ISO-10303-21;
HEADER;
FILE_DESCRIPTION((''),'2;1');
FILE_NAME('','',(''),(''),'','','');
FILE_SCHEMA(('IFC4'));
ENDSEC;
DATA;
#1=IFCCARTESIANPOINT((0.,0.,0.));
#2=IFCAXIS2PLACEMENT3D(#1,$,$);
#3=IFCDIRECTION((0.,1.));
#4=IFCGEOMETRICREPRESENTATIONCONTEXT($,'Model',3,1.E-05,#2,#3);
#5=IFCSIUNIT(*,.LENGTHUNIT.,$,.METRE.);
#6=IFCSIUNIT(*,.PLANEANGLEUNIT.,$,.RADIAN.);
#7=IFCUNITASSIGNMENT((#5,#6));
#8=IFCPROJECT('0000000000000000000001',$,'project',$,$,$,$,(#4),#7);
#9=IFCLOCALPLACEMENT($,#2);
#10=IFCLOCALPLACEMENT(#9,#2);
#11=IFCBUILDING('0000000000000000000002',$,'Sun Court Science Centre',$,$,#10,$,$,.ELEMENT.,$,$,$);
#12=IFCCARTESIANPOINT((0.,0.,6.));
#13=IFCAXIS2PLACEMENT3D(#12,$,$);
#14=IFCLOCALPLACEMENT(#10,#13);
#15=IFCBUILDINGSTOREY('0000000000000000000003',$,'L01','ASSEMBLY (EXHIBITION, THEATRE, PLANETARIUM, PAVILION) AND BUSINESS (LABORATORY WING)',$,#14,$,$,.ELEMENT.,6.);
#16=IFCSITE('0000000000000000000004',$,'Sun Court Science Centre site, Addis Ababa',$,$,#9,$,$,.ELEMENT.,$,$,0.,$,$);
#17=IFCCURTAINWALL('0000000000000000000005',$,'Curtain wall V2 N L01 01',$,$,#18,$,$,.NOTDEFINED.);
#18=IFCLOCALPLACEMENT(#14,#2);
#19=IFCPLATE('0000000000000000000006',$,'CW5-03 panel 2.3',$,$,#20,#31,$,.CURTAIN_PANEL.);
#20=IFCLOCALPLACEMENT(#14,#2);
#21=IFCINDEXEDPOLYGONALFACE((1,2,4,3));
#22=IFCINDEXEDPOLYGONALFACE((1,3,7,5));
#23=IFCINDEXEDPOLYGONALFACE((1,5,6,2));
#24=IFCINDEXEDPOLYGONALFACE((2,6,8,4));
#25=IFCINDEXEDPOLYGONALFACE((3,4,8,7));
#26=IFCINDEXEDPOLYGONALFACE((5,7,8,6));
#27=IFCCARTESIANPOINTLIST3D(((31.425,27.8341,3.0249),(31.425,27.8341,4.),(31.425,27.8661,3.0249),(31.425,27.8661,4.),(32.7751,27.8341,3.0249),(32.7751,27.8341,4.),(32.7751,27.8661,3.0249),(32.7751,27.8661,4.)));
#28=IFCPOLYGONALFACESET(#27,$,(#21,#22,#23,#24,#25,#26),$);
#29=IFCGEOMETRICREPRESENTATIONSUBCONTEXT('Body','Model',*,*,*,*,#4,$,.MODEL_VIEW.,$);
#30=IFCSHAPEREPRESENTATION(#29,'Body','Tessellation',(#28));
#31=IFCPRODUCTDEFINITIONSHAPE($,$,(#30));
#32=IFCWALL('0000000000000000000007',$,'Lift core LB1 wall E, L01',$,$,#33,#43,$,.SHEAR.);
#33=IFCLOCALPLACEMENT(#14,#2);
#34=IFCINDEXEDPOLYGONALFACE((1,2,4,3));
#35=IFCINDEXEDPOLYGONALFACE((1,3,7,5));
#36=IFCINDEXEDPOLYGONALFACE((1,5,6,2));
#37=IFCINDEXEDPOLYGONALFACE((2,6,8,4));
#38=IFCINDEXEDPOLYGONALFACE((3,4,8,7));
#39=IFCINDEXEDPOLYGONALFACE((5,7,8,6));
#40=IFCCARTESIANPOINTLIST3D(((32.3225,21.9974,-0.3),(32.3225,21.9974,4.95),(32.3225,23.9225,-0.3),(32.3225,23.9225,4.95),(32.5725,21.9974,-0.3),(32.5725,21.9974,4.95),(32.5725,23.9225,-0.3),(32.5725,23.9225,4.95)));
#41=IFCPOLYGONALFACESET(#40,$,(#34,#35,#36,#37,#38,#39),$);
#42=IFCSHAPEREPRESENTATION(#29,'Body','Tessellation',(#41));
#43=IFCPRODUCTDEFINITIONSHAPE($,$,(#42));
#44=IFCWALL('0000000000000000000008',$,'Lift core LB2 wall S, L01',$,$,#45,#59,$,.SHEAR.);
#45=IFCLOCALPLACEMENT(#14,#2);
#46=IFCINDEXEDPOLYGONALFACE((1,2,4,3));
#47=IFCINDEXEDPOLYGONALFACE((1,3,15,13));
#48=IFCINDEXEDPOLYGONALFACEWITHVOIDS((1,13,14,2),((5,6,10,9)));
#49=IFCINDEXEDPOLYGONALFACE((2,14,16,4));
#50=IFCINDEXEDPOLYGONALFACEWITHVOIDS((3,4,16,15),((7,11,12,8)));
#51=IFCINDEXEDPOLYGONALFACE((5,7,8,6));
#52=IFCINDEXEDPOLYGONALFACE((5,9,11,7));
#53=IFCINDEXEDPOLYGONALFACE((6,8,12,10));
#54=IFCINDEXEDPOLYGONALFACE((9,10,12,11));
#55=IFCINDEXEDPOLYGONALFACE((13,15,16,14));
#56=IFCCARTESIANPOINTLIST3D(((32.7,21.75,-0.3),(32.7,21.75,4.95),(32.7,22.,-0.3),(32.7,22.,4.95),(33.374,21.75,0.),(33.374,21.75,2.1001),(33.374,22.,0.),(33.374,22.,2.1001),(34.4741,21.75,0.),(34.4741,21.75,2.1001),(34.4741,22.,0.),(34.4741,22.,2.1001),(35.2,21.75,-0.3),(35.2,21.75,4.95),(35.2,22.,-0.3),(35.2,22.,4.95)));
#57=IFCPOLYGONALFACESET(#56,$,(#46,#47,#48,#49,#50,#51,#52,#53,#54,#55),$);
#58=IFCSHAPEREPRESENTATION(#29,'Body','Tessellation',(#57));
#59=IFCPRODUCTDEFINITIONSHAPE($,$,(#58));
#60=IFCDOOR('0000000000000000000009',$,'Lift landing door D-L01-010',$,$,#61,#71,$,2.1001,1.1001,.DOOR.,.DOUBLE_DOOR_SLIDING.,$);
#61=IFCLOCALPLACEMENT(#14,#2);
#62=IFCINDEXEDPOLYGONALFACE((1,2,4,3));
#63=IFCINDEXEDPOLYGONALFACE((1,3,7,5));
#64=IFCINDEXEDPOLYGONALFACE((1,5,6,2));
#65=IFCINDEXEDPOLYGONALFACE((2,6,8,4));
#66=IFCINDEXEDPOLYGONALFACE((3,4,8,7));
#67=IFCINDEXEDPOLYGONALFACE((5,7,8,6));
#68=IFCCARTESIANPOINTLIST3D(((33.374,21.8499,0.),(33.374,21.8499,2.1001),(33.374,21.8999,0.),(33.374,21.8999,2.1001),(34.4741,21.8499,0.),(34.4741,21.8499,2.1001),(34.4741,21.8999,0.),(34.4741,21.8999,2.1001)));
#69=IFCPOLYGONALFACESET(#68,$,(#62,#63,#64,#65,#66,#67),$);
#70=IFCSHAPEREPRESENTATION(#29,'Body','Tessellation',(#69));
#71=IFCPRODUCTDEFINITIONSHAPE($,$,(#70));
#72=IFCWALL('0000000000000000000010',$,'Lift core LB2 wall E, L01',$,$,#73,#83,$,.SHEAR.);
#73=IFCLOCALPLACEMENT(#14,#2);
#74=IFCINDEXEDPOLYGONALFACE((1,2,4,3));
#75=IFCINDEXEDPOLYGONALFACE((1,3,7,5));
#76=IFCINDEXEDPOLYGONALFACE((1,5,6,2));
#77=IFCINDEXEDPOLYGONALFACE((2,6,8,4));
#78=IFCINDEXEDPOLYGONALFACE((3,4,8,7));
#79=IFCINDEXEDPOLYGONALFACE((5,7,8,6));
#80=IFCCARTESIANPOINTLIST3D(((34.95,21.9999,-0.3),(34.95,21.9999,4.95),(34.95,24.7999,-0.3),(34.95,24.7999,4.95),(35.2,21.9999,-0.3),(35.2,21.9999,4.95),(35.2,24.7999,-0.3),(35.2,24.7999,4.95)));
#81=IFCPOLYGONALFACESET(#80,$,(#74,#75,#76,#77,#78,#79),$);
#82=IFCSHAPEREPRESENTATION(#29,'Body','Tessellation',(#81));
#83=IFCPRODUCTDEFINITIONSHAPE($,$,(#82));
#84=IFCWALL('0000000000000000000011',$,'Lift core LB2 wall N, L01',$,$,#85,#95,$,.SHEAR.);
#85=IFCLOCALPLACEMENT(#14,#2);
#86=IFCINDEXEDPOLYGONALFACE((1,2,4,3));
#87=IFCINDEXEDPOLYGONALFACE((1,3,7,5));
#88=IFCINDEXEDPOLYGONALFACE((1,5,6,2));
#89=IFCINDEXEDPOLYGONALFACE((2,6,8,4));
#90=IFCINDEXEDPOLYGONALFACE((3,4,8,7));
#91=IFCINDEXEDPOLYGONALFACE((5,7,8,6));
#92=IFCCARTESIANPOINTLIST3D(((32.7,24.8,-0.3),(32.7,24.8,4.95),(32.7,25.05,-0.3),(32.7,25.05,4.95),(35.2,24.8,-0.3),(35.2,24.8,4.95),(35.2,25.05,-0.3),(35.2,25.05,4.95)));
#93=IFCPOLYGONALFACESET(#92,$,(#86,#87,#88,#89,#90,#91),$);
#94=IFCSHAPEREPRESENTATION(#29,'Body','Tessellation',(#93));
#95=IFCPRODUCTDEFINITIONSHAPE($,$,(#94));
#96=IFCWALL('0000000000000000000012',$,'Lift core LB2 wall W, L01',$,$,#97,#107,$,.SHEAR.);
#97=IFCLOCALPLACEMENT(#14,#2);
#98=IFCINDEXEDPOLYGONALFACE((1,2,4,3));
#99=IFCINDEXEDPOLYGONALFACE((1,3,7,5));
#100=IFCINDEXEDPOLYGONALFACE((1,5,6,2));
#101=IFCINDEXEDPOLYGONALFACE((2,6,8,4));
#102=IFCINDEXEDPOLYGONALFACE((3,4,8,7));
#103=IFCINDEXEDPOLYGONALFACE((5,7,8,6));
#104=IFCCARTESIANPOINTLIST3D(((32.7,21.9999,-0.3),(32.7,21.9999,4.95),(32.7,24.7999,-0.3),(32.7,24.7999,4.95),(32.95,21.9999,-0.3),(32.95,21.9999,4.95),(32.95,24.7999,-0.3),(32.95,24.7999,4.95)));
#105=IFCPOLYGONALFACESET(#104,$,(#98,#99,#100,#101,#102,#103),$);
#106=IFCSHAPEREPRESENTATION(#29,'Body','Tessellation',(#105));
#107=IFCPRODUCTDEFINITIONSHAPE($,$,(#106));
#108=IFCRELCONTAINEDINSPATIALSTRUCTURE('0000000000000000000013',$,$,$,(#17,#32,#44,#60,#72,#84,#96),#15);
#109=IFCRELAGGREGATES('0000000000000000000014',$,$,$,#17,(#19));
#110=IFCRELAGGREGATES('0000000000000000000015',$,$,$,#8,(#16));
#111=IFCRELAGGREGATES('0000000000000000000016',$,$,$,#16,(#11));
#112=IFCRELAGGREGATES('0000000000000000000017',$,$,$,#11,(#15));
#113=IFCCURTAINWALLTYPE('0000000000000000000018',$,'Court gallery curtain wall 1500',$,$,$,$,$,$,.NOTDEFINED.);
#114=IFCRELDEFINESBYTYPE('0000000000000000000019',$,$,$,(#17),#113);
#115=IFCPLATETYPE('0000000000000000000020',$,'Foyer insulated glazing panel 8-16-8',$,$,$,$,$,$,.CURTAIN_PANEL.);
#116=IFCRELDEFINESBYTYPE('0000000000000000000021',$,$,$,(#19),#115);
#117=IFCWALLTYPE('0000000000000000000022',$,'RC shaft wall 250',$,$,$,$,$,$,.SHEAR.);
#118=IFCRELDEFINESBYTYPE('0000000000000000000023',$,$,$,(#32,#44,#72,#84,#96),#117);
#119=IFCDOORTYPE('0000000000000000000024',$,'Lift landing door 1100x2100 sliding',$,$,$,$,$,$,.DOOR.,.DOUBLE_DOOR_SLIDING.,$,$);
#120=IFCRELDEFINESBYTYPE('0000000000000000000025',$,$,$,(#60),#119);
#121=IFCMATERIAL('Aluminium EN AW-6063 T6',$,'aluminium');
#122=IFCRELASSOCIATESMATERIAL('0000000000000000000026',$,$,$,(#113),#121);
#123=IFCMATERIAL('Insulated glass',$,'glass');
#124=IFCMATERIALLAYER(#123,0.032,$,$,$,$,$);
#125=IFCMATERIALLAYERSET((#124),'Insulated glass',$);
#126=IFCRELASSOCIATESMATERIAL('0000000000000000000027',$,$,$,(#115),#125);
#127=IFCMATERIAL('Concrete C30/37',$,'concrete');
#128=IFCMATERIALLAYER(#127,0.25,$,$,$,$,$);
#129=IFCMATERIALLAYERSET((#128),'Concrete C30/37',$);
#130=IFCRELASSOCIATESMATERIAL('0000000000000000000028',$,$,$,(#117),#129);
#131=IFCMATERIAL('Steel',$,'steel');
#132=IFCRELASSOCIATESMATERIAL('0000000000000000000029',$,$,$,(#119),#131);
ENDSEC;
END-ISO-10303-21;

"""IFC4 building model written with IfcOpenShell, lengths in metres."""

from ifc_helpers import new_model, si_unit, direction, frame, frame_2d, origin, origin_2d, place, context, subcontext, project, spatial, rectangle, extrude, material, layer, layer_set, type_object, element, fill, aggregate, save


model = new_model("IFC4")

# Units and contexts
model_context = context("Model", 3, precision=1e-05, world=origin(), true_north=direction((0.0, 1.0)))
body_context = subcontext(model_context, "Body", "Model", "MODEL_VIEW")
ifc_project = project(units=[si_unit("LENGTHUNIT", "METRE"), si_unit("PLANEANGLEUNIT", "RADIAN")], contexts=[model_context])

# Site, building, storey
site_placement = place(None, origin())
site = spatial("IfcSite", under=ifc_project, at=site_placement, Name="Sun Court Science Centre site, Addis Ababa", CompositionType="ELEMENT", RefElevation=0.0)
building_placement = place(site_placement, origin())
building = spatial("IfcBuilding", under=site, at=building_placement, Name="Sun Court Science Centre", CompositionType="ELEMENT")
storey_placement = place(building_placement, frame((0.0, 0.0, 6.0)))
storey = spatial("IfcBuildingStorey", under=building, at=storey_placement, Name="L01", Description="ASSEMBLY (EXHIBITION, THEATRE, PLANETARIUM, PAVILION) AND BUSINESS (LABORATORY WING)", CompositionType="ELEMENT", Elevation=6.0)

# Curtain wall
ifc_material_1 = material(Name="Aluminium EN AW-6063 T6", Category="aluminium")
curtain_wall_type = type_object("IfcCurtainWallType", Name="Court gallery curtain wall 1500", PredefinedType="NOTDEFINED", material=ifc_material_1)
curtain_wall_placement = place(storey_placement, origin())
curtain_wall = element("IfcCurtainWall", 1, at=curtain_wall_placement, inside=storey, type_object=curtain_wall_type, Name="Curtain wall V2 N L01 01", PredefinedType="NOTDEFINED")

# Plate
ifc_material_2 = material(Name="Insulated glass", Category="glass")
ifc_layer_1 = layer(ifc_material_2, 0.032)
ifc_layer_set_1 = layer_set([ifc_layer_1], Name="Insulated glass")
plate_type = type_object("IfcPlateType", Name="Foyer insulated glazing panel 8-16-8", PredefinedType="CURTAIN_PANEL", material=ifc_layer_set_1)
plate_1_placement = place(storey_placement, frame((32.1001, 27.8501, 3.0249), z_axis=(0.0, 0.0, 1.0), x_axis=(1.0, 0.0, 0.0)))
plate_1 = element("IfcPlate", 2, at=plate_1_placement, type_object=plate_type, Name="CW5-03 panel 2.3", PredefinedType="CURTAIN_PANEL", context=body_context, shape_type="SweptSolid", body=[
    extrude(rectangle(XDim=1.3501, YDim=0.032, at=origin_2d()), origin(), (0.0, 0.0, 1.0), 0.9751),
])
aggregate(curtain_wall, [plate_1])

# Wall
ifc_material_3 = material(Name="Concrete C30/37", Category="concrete")
ifc_layer_2 = layer(ifc_material_3, 0.25)
ifc_layer_set_2 = layer_set([ifc_layer_2], Name="Concrete C30/37")
wall_type = type_object("IfcWallType", Name="RC shaft wall 250", PredefinedType="SHEAR", material=ifc_layer_set_2)
wall_1_placement = place(storey_placement, frame((32.4475, 21.9976, -0.3), z_axis=(0.0, 0.0, 1.0), x_axis=(0.0, 1.0, 0.0)))
element("IfcWall", 3, at=wall_1_placement, inside=storey, type_object=wall_type, Name="Lift core LB1 wall E, L01", PredefinedType="SHEAR", context=body_context, shape_type="SweptSolid", body=[
    extrude(rectangle(XDim=1.925, YDim=0.25, at=frame_2d((0.9624, 0.0))), origin(), (0.0, 0.0, 1.0), 5.25),
])

# Wall, opening, door
wall_2_placement = place(storey_placement, frame((32.7, 21.875, -0.3), z_axis=(0.0, 0.0, 1.0), x_axis=(1.0, 0.0, 0.0)))
wall_2 = element("IfcWall", 4, at=wall_2_placement, inside=storey, type_object=wall_type, Name="Lift core LB2 wall S, L01", PredefinedType="SHEAR", context=body_context, shape_type="SweptSolid", body=[
    extrude(rectangle(XDim=2.5, YDim=0.25, at=frame_2d((1.25, 0.0))), origin(), (0.0, 0.0, 1.0), 5.25),
])
opening_placement = place(wall_2_placement, frame((0.6741, 0.0, 0.3)))
opening = element("IfcOpeningElement", 5, at=opening_placement, cuts=wall_2, PredefinedType="OPENING", context=body_context, shape_type="SweptSolid", body=[
    extrude(rectangle(XDim=1.1001, YDim=2.1001, at=frame_2d((0.55, 1.05))), frame((0.0, 0.135, 0.0), z_axis=(0.0, -1.0, 0.0), x_axis=(1.0, 0.0, 0.0)), (0.0, 0.0, 1.0), 0.27),
])
ifc_material_4 = material(Name="Steel", Category="steel")
door_type = type_object("IfcDoorType", Name="Lift landing door 1100x2100 sliding", OperationType="DOUBLE_DOOR_SLIDING", PredefinedType="DOOR", material=ifc_material_4)
door_placement = place(opening_placement, origin())
door = element("IfcDoor", 6, at=door_placement, inside=storey, type_object=door_type, Name="Lift landing door D-L01-010", OperationType="DOUBLE_DOOR_SLIDING", OverallHeight=2.1001, OverallWidth=1.1001, PredefinedType="DOOR", context=body_context, shape_type="SweptSolid", body=[
    extrude(rectangle(XDim=1.1001, YDim=2.1001, at=frame_2d((0.55, 1.05))), frame((0.0, 0.0249, 0.0), z_axis=(0.0, -1.0, 0.0), x_axis=(1.0, 0.0, 0.0)), (0.0, 0.0, 1.0), 0.05),
])
fill(opening, door)

# Walls
wall_3_placement = place(storey_placement, frame((35.075, 22.0, -0.3), z_axis=(0.0, 0.0, 1.0), x_axis=(0.0, 1.0, 0.0)))
element("IfcWall", 7, at=wall_3_placement, inside=storey, type_object=wall_type, Name="Lift core LB2 wall E, L01", PredefinedType="SHEAR", context=body_context, shape_type="SweptSolid", body=[
    extrude(rectangle(XDim=2.8, YDim=0.25, at=frame_2d((1.3999, 0.0))), origin(), (0.0, 0.0, 1.0), 5.25),
])
wall_4_placement = place(storey_placement, frame((32.7, 24.925, -0.3), z_axis=(0.0, 0.0, 1.0), x_axis=(1.0, 0.0, 0.0)))
element("IfcWall", 8, at=wall_4_placement, inside=storey, type_object=wall_type, Name="Lift core LB2 wall N, L01", PredefinedType="SHEAR", context=body_context, shape_type="SweptSolid", body=[
    extrude(rectangle(XDim=2.5, YDim=0.25, at=frame_2d((1.25, 0.0))), origin(), (0.0, 0.0, 1.0), 5.25),
])
wall_5_placement = place(storey_placement, frame((32.825, 22.0, -0.3), z_axis=(0.0, 0.0, 1.0), x_axis=(0.0, 1.0, 0.0)))
element("IfcWall", 9, at=wall_5_placement, inside=storey, type_object=wall_type, Name="Lift core LB2 wall W, L01", PredefinedType="SHEAR", context=body_context, shape_type="SweptSolid", body=[
    extrude(rectangle(XDim=2.8, YDim=0.25, at=frame_2d((1.3999, 0.0))), origin(), (0.0, 0.0, 1.0), 5.25),
])

save(model, "model.ifc")
